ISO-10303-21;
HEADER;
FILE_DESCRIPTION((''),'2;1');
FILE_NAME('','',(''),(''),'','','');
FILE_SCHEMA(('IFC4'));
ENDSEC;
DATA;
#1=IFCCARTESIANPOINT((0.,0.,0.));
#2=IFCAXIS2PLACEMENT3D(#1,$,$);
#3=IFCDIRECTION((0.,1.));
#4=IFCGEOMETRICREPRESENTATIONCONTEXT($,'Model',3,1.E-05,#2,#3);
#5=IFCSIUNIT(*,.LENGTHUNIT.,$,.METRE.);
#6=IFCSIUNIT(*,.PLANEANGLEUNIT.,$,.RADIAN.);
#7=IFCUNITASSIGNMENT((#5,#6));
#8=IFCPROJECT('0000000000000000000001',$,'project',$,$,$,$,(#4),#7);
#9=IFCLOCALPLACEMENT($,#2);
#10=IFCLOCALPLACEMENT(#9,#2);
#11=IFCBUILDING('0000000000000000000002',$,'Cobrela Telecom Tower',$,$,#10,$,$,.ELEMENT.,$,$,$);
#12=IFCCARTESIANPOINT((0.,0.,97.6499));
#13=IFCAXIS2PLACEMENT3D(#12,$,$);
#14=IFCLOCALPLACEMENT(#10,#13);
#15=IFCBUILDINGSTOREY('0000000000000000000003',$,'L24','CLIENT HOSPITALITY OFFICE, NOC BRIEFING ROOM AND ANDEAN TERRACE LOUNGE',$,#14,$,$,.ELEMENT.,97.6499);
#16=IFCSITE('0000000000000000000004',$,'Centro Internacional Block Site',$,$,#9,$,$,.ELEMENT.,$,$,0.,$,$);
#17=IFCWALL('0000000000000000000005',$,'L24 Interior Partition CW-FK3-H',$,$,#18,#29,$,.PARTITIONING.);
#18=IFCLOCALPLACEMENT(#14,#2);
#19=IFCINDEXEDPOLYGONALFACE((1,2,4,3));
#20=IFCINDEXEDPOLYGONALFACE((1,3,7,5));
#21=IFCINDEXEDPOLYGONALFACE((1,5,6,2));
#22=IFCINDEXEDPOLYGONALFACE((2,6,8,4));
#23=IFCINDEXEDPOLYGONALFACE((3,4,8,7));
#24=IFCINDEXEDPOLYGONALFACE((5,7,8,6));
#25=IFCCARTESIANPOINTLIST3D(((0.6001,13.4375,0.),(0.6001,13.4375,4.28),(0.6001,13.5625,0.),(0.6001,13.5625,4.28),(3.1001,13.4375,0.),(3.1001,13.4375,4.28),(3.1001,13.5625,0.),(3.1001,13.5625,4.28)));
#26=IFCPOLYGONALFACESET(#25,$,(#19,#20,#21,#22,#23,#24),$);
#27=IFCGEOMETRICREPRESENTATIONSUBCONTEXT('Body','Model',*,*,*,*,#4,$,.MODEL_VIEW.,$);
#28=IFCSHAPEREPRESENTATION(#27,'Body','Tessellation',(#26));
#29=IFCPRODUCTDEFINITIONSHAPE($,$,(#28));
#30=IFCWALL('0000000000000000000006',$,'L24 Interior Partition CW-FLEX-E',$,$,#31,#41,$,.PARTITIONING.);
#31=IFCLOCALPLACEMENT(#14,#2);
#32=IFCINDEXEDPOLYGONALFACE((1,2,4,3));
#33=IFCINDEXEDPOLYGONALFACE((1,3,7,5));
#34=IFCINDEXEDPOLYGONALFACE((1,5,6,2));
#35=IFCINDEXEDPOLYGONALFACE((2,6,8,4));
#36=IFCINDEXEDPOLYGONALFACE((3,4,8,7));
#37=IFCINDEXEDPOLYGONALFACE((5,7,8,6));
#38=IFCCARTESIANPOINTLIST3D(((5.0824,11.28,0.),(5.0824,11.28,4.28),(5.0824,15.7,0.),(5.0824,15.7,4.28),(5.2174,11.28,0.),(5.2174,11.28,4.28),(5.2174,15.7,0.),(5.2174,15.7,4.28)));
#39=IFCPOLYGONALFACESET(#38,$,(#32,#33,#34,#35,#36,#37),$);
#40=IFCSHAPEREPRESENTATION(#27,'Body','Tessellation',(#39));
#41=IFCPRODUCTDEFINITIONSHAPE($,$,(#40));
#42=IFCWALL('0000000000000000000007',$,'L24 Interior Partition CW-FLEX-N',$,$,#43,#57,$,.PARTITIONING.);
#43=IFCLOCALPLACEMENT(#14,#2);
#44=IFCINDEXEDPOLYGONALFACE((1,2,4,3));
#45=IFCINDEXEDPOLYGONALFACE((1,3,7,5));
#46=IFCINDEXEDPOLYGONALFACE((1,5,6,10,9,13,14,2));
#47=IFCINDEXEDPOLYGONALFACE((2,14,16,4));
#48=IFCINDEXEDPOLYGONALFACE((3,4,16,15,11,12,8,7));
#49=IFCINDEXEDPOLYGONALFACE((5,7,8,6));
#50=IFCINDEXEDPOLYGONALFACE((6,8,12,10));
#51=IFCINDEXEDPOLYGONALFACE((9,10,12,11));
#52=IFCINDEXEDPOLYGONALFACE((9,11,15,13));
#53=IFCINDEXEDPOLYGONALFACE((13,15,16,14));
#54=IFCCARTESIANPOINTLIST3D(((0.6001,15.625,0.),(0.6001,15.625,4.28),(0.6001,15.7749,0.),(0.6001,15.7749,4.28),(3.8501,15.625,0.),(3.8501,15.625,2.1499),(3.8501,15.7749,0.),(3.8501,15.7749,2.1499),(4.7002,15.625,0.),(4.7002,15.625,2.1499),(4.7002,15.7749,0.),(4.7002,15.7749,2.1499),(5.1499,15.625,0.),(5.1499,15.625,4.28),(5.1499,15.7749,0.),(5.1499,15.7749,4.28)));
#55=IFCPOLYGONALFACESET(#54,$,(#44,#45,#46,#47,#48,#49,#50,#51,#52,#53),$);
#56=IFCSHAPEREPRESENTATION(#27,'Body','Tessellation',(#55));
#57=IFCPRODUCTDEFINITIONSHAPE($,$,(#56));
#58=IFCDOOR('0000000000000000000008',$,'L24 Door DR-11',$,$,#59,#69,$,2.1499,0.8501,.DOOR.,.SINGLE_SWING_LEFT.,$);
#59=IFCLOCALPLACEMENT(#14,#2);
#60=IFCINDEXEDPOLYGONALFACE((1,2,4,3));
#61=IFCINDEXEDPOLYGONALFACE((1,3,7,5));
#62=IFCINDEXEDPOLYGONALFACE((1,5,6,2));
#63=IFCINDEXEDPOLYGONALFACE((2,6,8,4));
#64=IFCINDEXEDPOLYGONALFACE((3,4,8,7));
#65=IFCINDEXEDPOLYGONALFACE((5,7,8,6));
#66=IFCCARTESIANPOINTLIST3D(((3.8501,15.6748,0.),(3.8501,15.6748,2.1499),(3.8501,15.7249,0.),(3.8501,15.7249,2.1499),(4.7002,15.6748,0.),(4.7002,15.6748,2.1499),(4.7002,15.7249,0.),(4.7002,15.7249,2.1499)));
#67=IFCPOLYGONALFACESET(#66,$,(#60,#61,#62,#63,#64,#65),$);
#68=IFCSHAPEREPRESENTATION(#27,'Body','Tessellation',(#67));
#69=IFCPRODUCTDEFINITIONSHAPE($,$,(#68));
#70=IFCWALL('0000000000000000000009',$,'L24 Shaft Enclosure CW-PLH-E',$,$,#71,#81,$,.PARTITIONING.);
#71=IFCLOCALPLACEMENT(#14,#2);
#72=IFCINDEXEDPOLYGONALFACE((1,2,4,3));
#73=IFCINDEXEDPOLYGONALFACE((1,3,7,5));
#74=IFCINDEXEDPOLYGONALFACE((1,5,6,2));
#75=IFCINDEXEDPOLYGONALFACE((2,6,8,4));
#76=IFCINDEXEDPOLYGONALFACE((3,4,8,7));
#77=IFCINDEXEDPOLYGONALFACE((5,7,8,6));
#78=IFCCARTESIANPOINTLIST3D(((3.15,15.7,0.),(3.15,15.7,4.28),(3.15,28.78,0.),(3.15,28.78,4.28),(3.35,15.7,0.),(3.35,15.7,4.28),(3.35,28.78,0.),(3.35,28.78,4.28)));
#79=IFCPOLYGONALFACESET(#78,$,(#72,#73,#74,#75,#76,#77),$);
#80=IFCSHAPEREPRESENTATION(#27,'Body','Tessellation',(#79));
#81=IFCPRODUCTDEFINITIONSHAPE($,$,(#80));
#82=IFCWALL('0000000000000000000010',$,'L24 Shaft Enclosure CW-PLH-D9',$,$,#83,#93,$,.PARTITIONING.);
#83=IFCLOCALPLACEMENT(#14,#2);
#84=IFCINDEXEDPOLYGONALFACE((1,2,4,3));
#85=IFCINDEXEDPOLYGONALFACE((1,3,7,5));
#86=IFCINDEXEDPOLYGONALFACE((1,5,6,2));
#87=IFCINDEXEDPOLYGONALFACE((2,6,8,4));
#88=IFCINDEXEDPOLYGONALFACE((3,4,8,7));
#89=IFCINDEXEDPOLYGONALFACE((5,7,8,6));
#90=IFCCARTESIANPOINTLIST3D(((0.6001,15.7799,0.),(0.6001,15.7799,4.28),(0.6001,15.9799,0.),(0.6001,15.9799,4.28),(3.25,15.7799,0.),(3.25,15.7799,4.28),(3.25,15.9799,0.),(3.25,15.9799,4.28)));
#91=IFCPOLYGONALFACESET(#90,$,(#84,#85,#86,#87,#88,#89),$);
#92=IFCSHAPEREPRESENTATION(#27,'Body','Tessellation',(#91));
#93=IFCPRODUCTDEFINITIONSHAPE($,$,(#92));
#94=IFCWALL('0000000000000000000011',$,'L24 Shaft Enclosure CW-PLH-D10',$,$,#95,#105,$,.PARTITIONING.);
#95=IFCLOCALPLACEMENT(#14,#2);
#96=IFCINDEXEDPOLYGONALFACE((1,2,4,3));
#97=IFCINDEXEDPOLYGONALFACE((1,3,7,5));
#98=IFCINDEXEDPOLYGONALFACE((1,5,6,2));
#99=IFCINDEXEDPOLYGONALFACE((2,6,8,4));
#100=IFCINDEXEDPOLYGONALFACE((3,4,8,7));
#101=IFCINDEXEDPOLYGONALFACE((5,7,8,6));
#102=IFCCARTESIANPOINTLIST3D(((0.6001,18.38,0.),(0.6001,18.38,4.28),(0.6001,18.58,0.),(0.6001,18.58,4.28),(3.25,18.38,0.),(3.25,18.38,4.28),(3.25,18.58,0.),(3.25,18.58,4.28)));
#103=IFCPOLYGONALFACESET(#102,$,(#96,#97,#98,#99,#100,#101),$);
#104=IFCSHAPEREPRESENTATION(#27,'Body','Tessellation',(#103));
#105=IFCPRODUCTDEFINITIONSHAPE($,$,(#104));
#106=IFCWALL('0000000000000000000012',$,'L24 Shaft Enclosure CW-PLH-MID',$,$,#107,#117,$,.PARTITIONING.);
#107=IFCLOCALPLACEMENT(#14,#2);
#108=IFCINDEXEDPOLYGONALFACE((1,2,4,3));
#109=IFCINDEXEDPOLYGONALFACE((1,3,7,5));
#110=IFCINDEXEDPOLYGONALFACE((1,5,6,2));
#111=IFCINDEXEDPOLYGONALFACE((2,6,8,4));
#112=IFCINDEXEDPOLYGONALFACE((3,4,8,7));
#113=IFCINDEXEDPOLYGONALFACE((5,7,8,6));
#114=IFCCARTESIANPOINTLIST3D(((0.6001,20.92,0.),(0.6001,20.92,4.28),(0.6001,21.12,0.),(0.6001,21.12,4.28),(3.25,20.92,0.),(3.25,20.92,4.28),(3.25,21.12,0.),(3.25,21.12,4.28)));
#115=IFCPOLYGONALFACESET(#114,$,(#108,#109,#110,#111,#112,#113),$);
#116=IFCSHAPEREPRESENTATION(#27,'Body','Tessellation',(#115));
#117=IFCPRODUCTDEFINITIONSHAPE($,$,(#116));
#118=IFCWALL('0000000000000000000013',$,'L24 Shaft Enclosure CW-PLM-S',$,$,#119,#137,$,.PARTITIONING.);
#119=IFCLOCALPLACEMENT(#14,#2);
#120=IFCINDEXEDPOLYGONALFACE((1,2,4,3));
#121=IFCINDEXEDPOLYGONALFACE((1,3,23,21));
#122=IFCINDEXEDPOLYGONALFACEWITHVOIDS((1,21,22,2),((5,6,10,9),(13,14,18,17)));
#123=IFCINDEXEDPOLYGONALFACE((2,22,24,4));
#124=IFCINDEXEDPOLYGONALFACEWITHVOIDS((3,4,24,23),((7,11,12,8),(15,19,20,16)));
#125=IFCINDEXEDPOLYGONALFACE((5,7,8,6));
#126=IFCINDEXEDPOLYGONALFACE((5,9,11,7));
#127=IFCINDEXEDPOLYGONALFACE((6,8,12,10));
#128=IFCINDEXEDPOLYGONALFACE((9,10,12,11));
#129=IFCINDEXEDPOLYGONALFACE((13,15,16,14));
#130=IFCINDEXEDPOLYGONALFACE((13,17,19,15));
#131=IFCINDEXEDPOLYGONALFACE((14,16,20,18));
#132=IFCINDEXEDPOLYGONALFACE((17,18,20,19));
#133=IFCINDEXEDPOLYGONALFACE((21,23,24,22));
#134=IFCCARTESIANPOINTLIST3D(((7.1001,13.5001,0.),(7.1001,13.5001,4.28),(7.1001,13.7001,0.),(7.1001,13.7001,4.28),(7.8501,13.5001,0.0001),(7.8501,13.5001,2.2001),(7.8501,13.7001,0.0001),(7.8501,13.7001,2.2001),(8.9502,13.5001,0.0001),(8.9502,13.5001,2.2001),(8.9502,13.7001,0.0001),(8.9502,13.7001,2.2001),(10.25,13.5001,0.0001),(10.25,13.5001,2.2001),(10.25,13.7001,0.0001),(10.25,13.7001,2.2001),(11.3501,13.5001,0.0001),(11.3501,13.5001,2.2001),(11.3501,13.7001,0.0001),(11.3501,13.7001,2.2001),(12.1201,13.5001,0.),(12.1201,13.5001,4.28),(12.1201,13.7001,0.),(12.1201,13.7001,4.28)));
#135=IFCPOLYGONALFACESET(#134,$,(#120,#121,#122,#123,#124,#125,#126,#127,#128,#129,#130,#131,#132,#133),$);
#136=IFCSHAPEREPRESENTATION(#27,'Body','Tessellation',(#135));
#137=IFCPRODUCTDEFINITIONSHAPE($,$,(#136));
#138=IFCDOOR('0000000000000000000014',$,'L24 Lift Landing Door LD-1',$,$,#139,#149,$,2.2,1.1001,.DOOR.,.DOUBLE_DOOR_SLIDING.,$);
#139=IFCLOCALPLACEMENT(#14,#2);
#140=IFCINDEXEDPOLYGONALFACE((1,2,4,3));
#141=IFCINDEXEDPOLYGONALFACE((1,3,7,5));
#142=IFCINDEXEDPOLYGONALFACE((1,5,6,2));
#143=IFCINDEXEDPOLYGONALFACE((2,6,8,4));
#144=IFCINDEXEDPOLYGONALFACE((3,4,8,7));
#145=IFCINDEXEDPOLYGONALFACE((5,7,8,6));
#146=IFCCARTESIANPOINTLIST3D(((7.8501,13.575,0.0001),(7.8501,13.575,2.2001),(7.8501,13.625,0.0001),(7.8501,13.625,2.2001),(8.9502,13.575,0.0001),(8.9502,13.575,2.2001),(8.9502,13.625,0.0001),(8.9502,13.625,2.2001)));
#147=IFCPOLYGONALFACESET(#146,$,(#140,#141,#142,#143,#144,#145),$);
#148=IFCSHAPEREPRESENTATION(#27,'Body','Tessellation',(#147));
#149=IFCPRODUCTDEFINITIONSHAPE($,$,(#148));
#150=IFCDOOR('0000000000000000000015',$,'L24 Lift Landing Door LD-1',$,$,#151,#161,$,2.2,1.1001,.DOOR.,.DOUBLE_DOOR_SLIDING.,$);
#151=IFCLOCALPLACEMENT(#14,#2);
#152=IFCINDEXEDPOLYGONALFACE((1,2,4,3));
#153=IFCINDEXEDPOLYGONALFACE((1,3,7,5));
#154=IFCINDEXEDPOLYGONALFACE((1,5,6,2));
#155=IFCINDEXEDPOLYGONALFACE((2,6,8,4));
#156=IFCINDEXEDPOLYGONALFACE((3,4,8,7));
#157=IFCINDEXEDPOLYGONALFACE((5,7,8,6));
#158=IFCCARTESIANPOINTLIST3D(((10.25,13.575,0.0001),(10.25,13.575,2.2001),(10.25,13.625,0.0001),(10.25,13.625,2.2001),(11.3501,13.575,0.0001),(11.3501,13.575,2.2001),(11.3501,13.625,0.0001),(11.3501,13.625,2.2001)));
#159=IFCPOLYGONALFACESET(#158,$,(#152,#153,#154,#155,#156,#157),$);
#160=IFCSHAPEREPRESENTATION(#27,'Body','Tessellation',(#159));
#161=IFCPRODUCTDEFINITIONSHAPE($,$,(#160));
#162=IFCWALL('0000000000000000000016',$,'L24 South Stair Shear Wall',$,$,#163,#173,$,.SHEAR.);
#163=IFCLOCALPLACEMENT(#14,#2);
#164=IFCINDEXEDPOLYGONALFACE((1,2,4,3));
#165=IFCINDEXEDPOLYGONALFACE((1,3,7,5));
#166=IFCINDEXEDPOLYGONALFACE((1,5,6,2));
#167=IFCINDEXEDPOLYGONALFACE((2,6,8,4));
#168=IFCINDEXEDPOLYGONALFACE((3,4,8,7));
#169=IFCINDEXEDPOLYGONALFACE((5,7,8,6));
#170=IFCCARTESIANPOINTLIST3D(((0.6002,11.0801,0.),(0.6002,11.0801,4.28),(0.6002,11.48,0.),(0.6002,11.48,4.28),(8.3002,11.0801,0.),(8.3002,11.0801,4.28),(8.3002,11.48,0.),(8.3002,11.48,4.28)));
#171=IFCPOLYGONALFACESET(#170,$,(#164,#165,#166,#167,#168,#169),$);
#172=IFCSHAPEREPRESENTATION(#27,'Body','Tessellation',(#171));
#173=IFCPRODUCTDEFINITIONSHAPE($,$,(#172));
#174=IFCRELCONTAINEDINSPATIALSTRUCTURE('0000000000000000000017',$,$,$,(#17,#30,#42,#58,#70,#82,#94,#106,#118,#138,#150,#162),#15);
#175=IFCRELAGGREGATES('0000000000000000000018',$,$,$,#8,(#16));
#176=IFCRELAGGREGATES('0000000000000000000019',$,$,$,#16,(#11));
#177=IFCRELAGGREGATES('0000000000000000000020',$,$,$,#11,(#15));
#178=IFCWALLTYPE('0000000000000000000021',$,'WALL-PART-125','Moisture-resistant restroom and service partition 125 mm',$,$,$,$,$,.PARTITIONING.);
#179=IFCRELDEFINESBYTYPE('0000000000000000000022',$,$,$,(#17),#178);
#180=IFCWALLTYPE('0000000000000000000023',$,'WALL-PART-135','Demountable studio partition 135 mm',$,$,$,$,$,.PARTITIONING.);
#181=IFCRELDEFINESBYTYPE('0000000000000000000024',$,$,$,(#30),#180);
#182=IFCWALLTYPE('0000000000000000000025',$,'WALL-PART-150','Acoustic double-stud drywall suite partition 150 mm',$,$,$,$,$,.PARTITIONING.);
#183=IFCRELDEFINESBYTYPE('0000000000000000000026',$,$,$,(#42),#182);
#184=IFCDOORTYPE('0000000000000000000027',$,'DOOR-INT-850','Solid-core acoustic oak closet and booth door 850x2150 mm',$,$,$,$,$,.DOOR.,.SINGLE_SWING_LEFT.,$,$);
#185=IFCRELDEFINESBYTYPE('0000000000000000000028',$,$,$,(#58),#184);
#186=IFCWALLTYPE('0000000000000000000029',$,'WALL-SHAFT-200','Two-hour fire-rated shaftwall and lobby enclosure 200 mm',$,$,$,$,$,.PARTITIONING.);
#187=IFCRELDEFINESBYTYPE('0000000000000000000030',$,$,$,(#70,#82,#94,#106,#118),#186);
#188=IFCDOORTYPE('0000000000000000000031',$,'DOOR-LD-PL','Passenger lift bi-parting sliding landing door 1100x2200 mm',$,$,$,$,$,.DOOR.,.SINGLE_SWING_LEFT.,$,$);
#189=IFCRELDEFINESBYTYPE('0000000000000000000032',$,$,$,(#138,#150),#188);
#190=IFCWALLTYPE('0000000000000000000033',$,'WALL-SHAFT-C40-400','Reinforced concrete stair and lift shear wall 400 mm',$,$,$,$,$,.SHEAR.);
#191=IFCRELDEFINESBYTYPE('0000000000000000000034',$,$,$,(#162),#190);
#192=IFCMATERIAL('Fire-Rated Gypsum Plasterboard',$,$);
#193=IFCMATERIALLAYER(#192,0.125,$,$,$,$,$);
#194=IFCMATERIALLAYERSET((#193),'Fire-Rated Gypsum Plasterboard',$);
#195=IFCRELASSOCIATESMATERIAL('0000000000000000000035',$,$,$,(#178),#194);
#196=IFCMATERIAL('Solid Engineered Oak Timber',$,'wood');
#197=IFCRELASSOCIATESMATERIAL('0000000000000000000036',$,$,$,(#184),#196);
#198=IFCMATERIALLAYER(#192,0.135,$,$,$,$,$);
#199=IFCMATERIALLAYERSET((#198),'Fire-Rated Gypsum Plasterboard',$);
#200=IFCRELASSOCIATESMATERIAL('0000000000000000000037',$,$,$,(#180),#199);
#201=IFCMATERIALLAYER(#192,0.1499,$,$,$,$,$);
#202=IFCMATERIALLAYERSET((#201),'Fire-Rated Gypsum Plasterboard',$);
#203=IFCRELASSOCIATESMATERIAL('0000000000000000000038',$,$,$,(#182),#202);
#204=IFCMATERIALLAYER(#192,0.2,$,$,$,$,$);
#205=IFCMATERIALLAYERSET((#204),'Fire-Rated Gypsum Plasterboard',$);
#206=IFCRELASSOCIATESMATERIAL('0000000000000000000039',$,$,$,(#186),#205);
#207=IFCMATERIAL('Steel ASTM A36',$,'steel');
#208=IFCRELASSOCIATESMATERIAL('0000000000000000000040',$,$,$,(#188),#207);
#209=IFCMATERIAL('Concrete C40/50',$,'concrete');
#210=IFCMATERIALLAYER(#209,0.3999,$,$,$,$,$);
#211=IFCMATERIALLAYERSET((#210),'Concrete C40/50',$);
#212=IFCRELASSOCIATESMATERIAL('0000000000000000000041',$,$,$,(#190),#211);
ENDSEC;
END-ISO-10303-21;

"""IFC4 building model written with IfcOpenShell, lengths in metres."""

from ifc_helpers import new_model, si_unit, direction, frame, frame_2d, origin, place, context, subcontext, project, spatial, rectangle, extrude, material, layer, layer_set, type_object, element, fill, save


model = new_model("IFC4")

# Units and contexts
model_context = context("Model", 3, precision=1e-05, world=origin(), true_north=direction((0.0, 1.0)))
body_context = subcontext(model_context, "Body", "Model", "MODEL_VIEW")
ifc_project = project(units=[si_unit("LENGTHUNIT", "METRE"), si_unit("PLANEANGLEUNIT", "RADIAN")], contexts=[model_context])

# Site, building, storey
site_placement = place(None, origin())
site = spatial("IfcSite", under=ifc_project, at=site_placement, Name="Centro Internacional Block Site", CompositionType="ELEMENT", RefElevation=0.0)
building_placement = place(site_placement, origin())
building = spatial("IfcBuilding", under=site, at=building_placement, Name="Cobrela Telecom Tower", CompositionType="ELEMENT")
storey_placement = place(building_placement, frame((0.0, 0.0, 97.6499)))
storey = spatial("IfcBuildingStorey", under=building, at=storey_placement, Name="L24", Description="CLIENT HOSPITALITY OFFICE, NOC BRIEFING ROOM AND ANDEAN TERRACE LOUNGE", CompositionType="ELEMENT", Elevation=97.6499)

# Wall
ifc_material_1 = material(Name="Fire-Rated Gypsum Plasterboard")
ifc_layer_1 = layer(ifc_material_1, 0.125)
ifc_layer_set_1 = layer_set([ifc_layer_1], Name="Fire-Rated Gypsum Plasterboard")
wall_type_1 = type_object("IfcWallType", Name="WALL-PART-125", Description="Moisture-resistant restroom and service partition 125 mm", PredefinedType="PARTITIONING", material=ifc_layer_set_1)
wall_1_placement = place(storey_placement, frame((0.6001, 13.5, 0.0), z_axis=(0.0, 0.0, 1.0), x_axis=(1.0, 0.0, 0.0)))
element("IfcWall", 1, at=wall_1_placement, inside=storey, type_object=wall_type_1, Name="L24 Interior Partition CW-FK3-H", PredefinedType="PARTITIONING", context=body_context, shape_type="SweptSolid", body=[
    extrude(rectangle(XDim=2.5, YDim=0.125, at=frame_2d((1.25, 0.0))), origin(), (0.0, 0.0, 1.0), 4.28),
])

# Shared definitions
ifc_material_2 = material(Name="Solid Engineered Oak Timber", Category="wood")
door_type_1 = type_object("IfcDoorType", Name="DOOR-INT-850", Description="Solid-core acoustic oak closet and booth door 850x2150 mm", OperationType="SINGLE_SWING_LEFT", PredefinedType="DOOR", material=ifc_material_2)

# Wall
ifc_layer_2 = layer(ifc_material_1, 0.135)
ifc_layer_set_2 = layer_set([ifc_layer_2], Name="Fire-Rated Gypsum Plasterboard")
wall_type_2 = type_object("IfcWallType", Name="WALL-PART-135", Description="Demountable studio partition 135 mm", PredefinedType="PARTITIONING", material=ifc_layer_set_2)
wall_2_placement = place(storey_placement, frame((5.1499, 11.28, 0.0), z_axis=(0.0, 0.0, 1.0), x_axis=(0.0, 1.0, 0.0)))
element("IfcWall", 2, at=wall_2_placement, inside=storey, type_object=wall_type_2, Name="L24 Interior Partition CW-FLEX-E", PredefinedType="PARTITIONING", context=body_context, shape_type="SweptSolid", body=[
    extrude(rectangle(XDim=4.4199, YDim=0.135, at=frame_2d((2.21, 0.0))), origin(), (0.0, 0.0, 1.0), 4.28),
])

# Wall, opening, door
ifc_layer_3 = layer(ifc_material_1, 0.1499)
ifc_layer_set_3 = layer_set([ifc_layer_3], Name="Fire-Rated Gypsum Plasterboard")
wall_type_3 = type_object("IfcWallType", Name="WALL-PART-150", Description="Acoustic double-stud drywall suite partition 150 mm", PredefinedType="PARTITIONING", material=ifc_layer_set_3)
wall_3_placement = place(storey_placement, frame((0.6001, 15.7, 0.0), z_axis=(0.0, 0.0, 1.0), x_axis=(1.0, 0.0, 0.0)))
wall_3 = element("IfcWall", 3, at=wall_3_placement, inside=storey, type_object=wall_type_3, Name="L24 Interior Partition CW-FLEX-N", PredefinedType="PARTITIONING", context=body_context, shape_type="SweptSolid", body=[
    extrude(rectangle(XDim=4.5498, YDim=0.1499, at=frame_2d((2.2749, 0.0))), origin(), (0.0, 0.0, 1.0), 4.28),
])
opening_1_placement = place(wall_3_placement, frame((3.25, 0.0, 0.0)))
opening_1 = element("IfcOpeningElement", 4, at=opening_1_placement, cuts=wall_3, PredefinedType="OPENING", context=body_context, shape_type="SweptSolid", body=[
    extrude(rectangle(XDim=0.8501, YDim=2.1499, at=frame_2d((0.425, 1.075))), frame((0.0, 0.0869, 0.0), z_axis=(0.0, -1.0, 0.0), x_axis=(1.0, 0.0, 0.0)), (0.0, 0.0, 1.0), 0.1738),
])
door_1_placement = place(opening_1_placement, origin())
door_1 = element("IfcDoor", 5, at=door_1_placement, inside=storey, type_object=door_type_1, Name="L24 Door DR-11", OperationType="SINGLE_SWING_LEFT", OverallHeight=2.1499, OverallWidth=0.8501, PredefinedType="DOOR", context=body_context, shape_type="SweptSolid", body=[
    extrude(rectangle(XDim=0.8501, YDim=2.1499, at=frame_2d((0.425, 1.075))), frame((0.0, 0.0249, 0.0), z_axis=(0.0, -1.0, 0.0), x_axis=(1.0, 0.0, 0.0)), (0.0, 0.0, 1.0), 0.05),
])
fill(opening_1, door_1)

# Walls
ifc_layer_4 = layer(ifc_material_1, 0.2)
ifc_layer_set_4 = layer_set([ifc_layer_4], Name="Fire-Rated Gypsum Plasterboard")
wall_type_4 = type_object("IfcWallType", Name="WALL-SHAFT-200", Description="Two-hour fire-rated shaftwall and lobby enclosure 200 mm", PredefinedType="PARTITIONING", material=ifc_layer_set_4)
wall_4_placement = place(storey_placement, frame((3.25, 15.7, 0.0), z_axis=(0.0, 0.0, 1.0), x_axis=(0.0, 1.0, 0.0)))
element("IfcWall", 6, at=wall_4_placement, inside=storey, type_object=wall_type_4, Name="L24 Shaft Enclosure CW-PLH-E", PredefinedType="PARTITIONING", context=body_context, shape_type="SweptSolid", body=[
    extrude(rectangle(XDim=13.0801, YDim=0.2, at=frame_2d((6.54, 0.0))), origin(), (0.0, 0.0, 1.0), 4.28),
])
for number, where, z_axis, x_axis, name in (
    (7, (0.6001, 15.8799, 0.0), (0.0, 0.0, 1.0), (1.0, 0.0, 0.0), "L24 Shaft Enclosure CW-PLH-D9"),
    (8, (0.6001, 18.48, 0.0), (0.0, 0.0, 1.0), (1.0, 0.0, 0.0), "L24 Shaft Enclosure CW-PLH-D10"),
    (9, (0.6001, 21.02, 0.0), (0.0, 0.0, 1.0), (1.0, 0.0, 0.0), "L24 Shaft Enclosure CW-PLH-MID"),
):
    element("IfcWall", number, at=place(storey_placement, frame(where, z_axis=z_axis, x_axis=x_axis)), inside=storey, type_object=wall_type_4, Name=name, PredefinedType="PARTITIONING", context=body_context, shape_type="SweptSolid", body=[
        extrude(rectangle(XDim=2.6499, YDim=0.2, at=frame_2d((1.325, 0.0))), origin(), (0.0, 0.0, 1.0), 4.28),
    ])

# Wall, openings, doors
wall_5_placement = place(storey_placement, frame((7.1001, 13.6001, 0.0), z_axis=(0.0, 0.0, 1.0), x_axis=(1.0, 0.0, 0.0)))
wall_5 = element("IfcWall", 10, at=wall_5_placement, inside=storey, type_object=wall_type_4, Name="L24 Shaft Enclosure CW-PLM-S", PredefinedType="PARTITIONING", context=body_context, shape_type="SweptSolid", body=[
    extrude(rectangle(XDim=5.02, YDim=0.2, at=frame_2d((2.51, 0.0))), origin(), (0.0, 0.0, 1.0), 4.28),
])
opening_2_placement = place(wall_5_placement, frame((0.75, 0.0, 0.0)))
opening_2 = element("IfcOpeningElement", 11, at=opening_2_placement, cuts=wall_5, PredefinedType="OPENING", context=body_context, shape_type="SweptSolid", body=[
    extrude(rectangle(XDim=1.1001, YDim=2.2, at=frame_2d((0.55, 1.1001))), frame((0.0, 0.1118, 0.0), z_axis=(0.0, -1.0, 0.0), x_axis=(1.0, 0.0, 0.0)), (0.0, 0.0, 1.0), 0.2239),
])
opening_3_placement = place(wall_5_placement, frame((3.1499, 0.0, 0.0)))
opening_3 = element("IfcOpeningElement", 12, at=opening_3_placement, cuts=wall_5, PredefinedType="OPENING", context=body_context, shape_type="SweptSolid", body=[
    extrude(rectangle(XDim=1.1001, YDim=2.2, at=frame_2d((0.55, 1.1001))), frame((0.0, 0.1118, 0.0), z_axis=(0.0, -1.0, 0.0), x_axis=(1.0, 0.0, 0.0)), (0.0, 0.0, 1.0), 0.2239),
])
ifc_material_3 = material(Name="Steel ASTM A36", Category="steel")
door_type_2 = type_object("IfcDoorType", Name="DOOR-LD-PL", Description="Passenger lift bi-parting sliding landing door 1100x2200 mm", OperationType="SINGLE_SWING_LEFT", PredefinedType="DOOR", material=ifc_material_3)
door_2_placement = place(opening_2_placement, origin())
door_2 = element("IfcDoor", 13, at=door_2_placement, inside=storey, type_object=door_type_2, Name="L24 Lift Landing Door LD-1", OperationType="DOUBLE_DOOR_SLIDING", OverallHeight=2.2, OverallWidth=1.1001, PredefinedType="DOOR", context=body_context, shape_type="SweptSolid", body=[
    extrude(rectangle(XDim=1.1001, YDim=2.2, at=frame_2d((0.55, 1.1001))), frame((0.0, 0.0249, 0.0), z_axis=(0.0, -1.0, 0.0), x_axis=(1.0, 0.0, 0.0)), (0.0, 0.0, 1.0), 0.05),
])
fill(opening_2, door_2)
door_3_placement = place(opening_3_placement, origin())
door_3 = element("IfcDoor", 14, at=door_3_placement, inside=storey, type_object=door_type_2, Name="L24 Lift Landing Door LD-1", OperationType="DOUBLE_DOOR_SLIDING", OverallHeight=2.2, OverallWidth=1.1001, PredefinedType="DOOR", context=body_context, shape_type="SweptSolid", body=[
    extrude(rectangle(XDim=1.1001, YDim=2.2, at=frame_2d((0.55, 1.1001))), frame((0.0, 0.0249, 0.0), z_axis=(0.0, -1.0, 0.0), x_axis=(1.0, 0.0, 0.0)), (0.0, 0.0, 1.0), 0.05),
])
fill(opening_3, door_3)

# Wall
ifc_material_4 = material(Name="Concrete C40/50", Category="concrete")
ifc_layer_5 = layer(ifc_material_4, 0.3999)
ifc_layer_set_5 = layer_set([ifc_layer_5], Name="Concrete C40/50")
wall_type_5 = type_object("IfcWallType", Name="WALL-SHAFT-C40-400", Description="Reinforced concrete stair and lift shear wall 400 mm", PredefinedType="SHEAR", material=ifc_layer_set_5)
wall_6_placement = place(storey_placement, frame((0.6001, 11.28, 0.0), z_axis=(0.0, 0.0, 1.0), x_axis=(1.0, 0.0, 0.0)))
element("IfcWall", 15, at=wall_6_placement, inside=storey, type_object=wall_type_5, Name="L24 South Stair Shear Wall", PredefinedType="SHEAR", context=body_context, shape_type="SweptSolid", body=[
    extrude(rectangle(XDim=7.7, YDim=0.3999, at=frame_2d((3.8501, 0.0))), origin(), (0.0, 0.0, 1.0), 4.28),
])

save(model, "model.ifc")
